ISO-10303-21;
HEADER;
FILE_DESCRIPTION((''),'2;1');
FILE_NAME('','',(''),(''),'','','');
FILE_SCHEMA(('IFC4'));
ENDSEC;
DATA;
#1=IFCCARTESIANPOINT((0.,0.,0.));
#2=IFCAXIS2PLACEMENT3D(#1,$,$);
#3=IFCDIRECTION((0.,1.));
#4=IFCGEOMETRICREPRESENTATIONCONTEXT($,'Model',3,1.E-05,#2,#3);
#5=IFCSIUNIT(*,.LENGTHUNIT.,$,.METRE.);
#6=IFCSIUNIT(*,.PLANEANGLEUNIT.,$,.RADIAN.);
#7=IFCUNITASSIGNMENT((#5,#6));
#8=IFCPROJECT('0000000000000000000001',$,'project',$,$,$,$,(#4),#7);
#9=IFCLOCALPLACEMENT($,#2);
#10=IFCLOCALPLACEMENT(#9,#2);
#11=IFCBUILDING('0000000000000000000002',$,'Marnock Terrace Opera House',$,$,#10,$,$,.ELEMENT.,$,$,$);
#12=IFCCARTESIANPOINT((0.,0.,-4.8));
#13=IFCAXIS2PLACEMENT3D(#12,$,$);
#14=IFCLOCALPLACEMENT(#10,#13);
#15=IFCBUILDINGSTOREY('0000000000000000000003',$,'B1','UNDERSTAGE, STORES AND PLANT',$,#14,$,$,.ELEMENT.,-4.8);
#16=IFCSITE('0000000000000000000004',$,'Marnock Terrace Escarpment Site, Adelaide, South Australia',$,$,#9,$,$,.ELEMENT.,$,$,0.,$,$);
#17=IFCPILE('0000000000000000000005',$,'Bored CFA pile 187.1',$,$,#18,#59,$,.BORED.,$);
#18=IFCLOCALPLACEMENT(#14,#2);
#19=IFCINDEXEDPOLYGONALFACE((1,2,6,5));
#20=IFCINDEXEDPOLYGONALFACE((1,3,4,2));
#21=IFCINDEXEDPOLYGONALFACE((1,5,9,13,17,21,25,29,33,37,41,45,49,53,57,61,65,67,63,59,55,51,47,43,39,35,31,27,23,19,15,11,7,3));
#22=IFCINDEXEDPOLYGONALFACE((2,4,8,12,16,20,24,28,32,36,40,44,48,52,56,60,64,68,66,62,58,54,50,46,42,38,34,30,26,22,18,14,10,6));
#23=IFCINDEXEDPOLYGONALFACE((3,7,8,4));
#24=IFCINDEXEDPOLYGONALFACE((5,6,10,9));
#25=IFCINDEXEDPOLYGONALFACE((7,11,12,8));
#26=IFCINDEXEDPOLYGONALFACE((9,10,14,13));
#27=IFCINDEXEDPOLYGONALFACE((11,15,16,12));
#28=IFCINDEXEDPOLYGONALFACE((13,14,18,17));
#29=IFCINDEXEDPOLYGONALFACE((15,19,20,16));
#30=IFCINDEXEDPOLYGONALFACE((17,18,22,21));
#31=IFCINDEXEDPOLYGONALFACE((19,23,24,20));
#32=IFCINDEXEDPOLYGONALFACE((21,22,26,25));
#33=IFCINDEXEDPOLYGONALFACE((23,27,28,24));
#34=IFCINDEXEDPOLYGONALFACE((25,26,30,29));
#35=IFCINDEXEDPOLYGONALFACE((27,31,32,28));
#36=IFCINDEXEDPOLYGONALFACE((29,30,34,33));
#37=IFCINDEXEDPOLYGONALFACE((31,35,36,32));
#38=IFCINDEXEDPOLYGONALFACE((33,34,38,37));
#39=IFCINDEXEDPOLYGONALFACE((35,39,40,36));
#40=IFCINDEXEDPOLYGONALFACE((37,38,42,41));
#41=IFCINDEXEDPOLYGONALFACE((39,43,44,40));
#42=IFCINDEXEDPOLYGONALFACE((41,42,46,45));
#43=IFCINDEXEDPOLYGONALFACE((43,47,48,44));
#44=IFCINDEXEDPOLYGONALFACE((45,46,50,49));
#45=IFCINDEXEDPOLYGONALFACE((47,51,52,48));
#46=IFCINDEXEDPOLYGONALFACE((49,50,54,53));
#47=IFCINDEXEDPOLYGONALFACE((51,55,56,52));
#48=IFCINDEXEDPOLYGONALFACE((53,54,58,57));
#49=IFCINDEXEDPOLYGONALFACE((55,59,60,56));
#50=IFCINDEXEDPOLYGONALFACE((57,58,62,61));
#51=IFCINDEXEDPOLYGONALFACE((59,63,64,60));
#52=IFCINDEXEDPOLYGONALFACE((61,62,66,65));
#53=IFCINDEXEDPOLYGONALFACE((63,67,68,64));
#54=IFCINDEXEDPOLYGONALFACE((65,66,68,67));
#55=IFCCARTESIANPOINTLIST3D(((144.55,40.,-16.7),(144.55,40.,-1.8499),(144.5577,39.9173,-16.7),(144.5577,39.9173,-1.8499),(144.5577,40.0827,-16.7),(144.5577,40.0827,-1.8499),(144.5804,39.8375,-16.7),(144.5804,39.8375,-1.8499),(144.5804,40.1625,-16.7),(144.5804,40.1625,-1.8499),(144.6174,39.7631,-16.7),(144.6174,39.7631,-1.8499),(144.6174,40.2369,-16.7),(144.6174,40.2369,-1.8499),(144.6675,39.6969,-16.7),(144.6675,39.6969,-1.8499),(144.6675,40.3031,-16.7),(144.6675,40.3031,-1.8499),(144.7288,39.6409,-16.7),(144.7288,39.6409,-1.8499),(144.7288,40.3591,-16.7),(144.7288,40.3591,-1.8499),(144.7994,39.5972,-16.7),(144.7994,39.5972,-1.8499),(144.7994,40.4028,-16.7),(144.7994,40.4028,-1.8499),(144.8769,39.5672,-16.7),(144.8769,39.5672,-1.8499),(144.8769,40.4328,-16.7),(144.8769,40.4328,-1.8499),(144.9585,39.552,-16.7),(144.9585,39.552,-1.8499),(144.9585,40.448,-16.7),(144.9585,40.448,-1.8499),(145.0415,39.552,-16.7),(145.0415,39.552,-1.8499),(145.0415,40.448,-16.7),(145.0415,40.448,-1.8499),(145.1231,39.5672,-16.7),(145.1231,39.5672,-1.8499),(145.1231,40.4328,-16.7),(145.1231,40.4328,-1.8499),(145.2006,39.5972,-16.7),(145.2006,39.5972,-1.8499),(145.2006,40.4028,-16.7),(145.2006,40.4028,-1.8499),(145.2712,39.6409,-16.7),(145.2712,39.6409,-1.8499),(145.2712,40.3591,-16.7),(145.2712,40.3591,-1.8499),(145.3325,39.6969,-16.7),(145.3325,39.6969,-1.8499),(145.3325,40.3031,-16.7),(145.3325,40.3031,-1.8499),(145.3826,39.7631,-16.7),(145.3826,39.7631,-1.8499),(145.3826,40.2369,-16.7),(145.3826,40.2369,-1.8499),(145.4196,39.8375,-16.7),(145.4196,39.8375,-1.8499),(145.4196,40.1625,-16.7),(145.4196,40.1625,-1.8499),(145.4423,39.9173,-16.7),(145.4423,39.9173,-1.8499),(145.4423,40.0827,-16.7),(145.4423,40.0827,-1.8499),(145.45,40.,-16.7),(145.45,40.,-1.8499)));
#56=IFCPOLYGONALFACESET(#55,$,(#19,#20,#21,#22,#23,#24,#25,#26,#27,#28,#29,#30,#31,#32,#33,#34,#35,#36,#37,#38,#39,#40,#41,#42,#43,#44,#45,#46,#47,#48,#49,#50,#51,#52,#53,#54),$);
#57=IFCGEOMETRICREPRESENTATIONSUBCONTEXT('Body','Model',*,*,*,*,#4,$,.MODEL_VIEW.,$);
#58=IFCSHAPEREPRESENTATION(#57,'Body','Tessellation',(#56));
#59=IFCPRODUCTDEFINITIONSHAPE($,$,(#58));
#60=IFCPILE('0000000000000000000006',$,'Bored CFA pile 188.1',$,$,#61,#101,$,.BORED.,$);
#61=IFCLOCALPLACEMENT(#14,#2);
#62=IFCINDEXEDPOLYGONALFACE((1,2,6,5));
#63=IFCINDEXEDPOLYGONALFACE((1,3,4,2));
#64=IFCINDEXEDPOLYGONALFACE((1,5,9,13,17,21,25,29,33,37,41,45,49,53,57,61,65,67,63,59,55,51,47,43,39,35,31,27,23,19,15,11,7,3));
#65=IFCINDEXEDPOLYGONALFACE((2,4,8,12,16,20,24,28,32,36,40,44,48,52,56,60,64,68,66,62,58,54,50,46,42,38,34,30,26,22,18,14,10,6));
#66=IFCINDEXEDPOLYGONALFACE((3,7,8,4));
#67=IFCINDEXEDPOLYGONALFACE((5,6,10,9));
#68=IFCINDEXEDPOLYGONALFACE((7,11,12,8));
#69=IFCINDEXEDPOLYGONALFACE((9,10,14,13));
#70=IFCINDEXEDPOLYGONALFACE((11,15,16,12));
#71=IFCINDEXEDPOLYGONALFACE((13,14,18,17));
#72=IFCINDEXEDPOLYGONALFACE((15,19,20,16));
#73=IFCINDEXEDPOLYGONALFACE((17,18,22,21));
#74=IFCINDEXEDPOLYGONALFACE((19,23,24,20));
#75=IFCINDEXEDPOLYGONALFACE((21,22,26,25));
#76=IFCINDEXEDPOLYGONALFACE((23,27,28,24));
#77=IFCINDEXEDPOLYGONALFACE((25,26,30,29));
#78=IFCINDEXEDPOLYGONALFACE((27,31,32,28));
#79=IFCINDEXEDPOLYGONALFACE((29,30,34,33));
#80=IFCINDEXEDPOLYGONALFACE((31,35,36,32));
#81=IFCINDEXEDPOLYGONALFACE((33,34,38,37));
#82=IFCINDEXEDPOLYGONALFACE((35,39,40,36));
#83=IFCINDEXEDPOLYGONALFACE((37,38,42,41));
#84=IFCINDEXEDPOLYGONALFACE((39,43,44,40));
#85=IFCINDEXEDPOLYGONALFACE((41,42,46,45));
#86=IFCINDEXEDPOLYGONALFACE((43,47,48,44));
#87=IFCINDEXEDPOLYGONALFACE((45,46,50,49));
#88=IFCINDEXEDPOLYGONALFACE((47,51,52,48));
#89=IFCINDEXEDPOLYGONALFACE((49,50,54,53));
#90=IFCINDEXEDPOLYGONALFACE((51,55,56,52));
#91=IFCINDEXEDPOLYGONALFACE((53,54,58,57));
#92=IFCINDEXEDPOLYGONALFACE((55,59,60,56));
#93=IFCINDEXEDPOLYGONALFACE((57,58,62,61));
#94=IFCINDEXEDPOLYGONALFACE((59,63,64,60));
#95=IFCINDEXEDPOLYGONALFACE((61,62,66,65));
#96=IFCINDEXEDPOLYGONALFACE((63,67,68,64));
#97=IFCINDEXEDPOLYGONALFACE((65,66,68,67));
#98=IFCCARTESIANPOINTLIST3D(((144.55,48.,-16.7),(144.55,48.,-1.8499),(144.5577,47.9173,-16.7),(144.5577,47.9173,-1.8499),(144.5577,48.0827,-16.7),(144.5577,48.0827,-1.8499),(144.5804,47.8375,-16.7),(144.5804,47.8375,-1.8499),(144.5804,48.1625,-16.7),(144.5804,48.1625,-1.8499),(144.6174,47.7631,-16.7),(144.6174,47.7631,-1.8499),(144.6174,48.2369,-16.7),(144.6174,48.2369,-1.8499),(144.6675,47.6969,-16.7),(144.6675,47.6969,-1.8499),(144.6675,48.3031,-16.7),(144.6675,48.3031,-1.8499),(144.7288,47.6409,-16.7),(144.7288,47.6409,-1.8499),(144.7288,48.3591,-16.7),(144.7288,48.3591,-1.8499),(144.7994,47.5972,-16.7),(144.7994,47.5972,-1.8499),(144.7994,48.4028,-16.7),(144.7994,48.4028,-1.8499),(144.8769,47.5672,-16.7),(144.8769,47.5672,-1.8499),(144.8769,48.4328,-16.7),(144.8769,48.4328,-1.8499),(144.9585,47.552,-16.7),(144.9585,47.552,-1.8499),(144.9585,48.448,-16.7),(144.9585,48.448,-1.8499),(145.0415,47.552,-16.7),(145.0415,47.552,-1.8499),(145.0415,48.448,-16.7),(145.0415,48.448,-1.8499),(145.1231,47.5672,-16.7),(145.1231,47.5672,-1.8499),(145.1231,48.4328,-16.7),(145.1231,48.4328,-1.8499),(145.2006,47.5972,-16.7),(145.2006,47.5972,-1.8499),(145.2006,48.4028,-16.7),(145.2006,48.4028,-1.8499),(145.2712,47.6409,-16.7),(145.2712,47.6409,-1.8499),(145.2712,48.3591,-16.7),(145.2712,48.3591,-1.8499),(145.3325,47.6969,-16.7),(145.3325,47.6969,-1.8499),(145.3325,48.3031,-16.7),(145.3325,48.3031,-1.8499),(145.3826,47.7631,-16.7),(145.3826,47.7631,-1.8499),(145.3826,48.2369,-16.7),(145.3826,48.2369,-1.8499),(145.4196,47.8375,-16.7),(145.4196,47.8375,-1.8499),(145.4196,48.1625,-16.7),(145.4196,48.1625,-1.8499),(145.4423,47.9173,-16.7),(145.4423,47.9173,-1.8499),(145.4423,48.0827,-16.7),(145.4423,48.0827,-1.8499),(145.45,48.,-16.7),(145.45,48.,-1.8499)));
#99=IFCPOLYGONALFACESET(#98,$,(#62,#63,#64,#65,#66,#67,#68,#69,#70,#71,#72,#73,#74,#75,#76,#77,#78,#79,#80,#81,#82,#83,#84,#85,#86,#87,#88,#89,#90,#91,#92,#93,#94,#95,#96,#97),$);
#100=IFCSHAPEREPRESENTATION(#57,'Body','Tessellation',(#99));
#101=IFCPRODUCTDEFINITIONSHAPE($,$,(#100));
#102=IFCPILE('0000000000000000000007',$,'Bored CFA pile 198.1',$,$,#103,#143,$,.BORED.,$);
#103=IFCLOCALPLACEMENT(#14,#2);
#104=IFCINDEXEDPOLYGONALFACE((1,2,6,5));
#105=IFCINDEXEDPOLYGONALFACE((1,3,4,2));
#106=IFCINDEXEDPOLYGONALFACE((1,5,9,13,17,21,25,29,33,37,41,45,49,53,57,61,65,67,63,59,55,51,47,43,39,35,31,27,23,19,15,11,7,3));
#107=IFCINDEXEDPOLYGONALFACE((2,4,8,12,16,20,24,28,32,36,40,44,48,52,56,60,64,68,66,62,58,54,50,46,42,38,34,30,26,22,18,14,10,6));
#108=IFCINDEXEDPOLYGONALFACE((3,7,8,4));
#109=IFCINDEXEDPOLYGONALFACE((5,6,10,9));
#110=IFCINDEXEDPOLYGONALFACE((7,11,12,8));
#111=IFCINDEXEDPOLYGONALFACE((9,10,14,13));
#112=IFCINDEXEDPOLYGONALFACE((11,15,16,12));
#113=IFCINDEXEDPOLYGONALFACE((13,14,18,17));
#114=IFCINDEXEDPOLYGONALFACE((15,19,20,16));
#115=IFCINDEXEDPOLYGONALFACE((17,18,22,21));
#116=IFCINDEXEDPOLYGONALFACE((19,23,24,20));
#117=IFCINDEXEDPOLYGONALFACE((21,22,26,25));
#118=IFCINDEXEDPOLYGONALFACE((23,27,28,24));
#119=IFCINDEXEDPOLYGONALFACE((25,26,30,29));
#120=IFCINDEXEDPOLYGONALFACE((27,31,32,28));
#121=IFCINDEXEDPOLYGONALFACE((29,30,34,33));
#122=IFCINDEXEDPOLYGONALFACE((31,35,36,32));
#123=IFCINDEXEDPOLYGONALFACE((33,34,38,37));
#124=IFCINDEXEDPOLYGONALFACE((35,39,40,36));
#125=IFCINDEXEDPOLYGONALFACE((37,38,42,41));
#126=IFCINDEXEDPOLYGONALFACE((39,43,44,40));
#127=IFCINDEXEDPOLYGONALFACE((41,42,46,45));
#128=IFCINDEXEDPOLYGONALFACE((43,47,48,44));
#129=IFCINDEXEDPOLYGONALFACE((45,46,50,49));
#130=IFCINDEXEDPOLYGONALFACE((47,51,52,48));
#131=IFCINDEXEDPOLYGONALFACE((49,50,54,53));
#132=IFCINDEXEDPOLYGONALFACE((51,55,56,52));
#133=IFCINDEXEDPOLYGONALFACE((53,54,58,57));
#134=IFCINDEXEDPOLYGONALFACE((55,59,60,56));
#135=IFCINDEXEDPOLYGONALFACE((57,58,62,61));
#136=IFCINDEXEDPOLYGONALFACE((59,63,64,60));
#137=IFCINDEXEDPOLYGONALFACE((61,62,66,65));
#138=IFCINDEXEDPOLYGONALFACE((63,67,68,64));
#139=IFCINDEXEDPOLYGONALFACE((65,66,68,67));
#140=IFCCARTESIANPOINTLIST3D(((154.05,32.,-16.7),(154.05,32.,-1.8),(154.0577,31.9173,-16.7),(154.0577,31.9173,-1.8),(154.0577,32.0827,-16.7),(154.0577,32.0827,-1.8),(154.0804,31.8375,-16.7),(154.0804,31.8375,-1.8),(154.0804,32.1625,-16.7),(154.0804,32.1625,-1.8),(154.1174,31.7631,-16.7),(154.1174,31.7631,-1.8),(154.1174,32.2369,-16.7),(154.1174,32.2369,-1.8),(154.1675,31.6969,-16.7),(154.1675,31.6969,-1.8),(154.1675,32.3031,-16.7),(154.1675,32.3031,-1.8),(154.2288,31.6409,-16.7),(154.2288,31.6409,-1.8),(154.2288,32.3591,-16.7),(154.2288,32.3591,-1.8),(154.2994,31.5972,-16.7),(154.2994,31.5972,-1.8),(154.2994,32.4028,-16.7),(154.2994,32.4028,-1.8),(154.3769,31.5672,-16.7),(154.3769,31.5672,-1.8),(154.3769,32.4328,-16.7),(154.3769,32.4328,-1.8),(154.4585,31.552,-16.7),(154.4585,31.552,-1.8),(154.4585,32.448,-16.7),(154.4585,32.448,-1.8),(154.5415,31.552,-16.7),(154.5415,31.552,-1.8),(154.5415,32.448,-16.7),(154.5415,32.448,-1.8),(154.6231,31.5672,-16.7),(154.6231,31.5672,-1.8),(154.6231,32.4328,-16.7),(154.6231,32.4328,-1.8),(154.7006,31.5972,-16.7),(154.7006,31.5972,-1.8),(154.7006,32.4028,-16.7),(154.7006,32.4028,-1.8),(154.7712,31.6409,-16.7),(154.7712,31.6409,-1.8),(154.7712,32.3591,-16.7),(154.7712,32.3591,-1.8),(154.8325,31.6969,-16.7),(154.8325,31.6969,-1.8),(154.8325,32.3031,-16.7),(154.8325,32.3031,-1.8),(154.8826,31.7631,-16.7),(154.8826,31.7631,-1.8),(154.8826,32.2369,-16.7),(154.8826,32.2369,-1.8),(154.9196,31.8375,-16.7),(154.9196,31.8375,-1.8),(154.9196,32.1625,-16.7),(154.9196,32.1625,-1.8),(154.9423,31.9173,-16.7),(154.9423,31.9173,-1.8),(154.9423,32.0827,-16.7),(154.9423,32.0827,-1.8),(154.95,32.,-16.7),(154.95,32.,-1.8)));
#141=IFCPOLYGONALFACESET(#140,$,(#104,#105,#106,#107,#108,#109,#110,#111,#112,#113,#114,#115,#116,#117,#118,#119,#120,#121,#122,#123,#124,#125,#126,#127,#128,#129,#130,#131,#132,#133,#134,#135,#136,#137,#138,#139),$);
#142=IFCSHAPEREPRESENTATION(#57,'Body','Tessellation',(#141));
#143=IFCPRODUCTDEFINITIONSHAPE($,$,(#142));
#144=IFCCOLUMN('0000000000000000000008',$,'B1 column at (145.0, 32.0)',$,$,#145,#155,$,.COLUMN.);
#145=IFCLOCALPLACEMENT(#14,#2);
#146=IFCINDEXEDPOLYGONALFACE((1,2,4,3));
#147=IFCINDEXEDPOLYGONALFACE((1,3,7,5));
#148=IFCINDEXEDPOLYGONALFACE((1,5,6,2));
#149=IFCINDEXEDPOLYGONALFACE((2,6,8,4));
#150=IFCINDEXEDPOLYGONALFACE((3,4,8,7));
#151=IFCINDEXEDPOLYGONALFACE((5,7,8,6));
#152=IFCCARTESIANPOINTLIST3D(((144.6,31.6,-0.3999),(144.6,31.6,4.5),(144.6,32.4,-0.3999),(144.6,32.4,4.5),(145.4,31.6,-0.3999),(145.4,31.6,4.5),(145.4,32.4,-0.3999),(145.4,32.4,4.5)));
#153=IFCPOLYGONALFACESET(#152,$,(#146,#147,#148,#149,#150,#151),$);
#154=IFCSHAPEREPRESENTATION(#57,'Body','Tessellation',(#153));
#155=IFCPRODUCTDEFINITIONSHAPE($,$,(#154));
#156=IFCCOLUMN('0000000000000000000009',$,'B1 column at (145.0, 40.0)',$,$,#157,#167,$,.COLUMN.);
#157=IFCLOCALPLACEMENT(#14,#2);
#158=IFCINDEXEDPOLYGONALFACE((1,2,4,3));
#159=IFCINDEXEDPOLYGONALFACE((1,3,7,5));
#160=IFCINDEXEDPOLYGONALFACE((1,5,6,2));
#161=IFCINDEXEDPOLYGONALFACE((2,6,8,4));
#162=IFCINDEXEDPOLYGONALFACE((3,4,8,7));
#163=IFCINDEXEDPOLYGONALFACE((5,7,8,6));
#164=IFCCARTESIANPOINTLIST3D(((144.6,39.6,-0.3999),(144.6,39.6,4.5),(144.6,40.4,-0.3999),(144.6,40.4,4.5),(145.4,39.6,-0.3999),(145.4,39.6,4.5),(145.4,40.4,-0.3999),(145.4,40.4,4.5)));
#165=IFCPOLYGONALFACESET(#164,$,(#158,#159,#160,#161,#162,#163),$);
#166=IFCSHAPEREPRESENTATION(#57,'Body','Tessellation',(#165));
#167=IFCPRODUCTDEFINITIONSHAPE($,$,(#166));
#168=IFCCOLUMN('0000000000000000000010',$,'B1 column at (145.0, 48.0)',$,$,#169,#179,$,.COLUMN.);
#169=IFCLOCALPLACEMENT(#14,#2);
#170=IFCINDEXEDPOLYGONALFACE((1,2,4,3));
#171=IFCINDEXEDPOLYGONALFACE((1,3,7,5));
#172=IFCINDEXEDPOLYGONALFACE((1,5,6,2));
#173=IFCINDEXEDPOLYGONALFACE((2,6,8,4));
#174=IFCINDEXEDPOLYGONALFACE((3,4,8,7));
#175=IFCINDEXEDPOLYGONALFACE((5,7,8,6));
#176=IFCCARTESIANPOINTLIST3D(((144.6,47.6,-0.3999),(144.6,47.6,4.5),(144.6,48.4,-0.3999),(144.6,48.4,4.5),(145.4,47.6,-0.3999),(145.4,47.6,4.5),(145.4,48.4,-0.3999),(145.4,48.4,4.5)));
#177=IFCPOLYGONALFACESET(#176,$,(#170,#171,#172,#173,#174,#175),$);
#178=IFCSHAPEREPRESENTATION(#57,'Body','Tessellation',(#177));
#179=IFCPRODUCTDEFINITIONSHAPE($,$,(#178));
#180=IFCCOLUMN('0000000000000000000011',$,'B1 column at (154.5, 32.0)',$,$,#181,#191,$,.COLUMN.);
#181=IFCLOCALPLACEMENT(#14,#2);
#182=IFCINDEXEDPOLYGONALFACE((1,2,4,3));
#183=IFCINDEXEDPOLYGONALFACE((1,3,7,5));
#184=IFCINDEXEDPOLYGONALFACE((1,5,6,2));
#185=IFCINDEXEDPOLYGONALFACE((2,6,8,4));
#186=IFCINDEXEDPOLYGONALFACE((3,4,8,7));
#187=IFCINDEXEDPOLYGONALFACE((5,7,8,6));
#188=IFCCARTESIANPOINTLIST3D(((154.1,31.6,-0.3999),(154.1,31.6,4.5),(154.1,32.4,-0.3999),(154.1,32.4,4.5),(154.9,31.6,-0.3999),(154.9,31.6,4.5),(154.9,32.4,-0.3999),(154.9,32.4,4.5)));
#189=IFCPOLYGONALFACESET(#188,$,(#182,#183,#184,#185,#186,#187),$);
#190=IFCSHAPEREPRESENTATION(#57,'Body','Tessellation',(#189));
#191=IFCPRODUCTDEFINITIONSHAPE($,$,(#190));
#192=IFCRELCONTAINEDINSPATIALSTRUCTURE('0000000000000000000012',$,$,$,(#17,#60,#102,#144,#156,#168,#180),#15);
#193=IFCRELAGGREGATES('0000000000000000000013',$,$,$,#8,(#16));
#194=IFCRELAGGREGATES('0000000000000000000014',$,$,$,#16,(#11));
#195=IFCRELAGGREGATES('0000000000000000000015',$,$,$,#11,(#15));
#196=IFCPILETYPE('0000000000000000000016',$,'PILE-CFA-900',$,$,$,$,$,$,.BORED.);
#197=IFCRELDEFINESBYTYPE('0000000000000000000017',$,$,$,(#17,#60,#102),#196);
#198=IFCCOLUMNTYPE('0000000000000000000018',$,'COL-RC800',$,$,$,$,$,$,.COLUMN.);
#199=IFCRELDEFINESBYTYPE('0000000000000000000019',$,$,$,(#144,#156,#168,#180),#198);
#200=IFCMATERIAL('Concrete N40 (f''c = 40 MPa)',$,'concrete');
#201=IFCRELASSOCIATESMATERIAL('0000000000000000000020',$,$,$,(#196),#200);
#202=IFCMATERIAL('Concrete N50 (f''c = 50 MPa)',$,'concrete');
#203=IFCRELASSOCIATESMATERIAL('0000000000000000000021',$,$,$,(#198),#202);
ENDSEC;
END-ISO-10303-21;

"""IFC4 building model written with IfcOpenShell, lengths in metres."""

from ifc_helpers import new_model, si_unit, direction, frame, origin, origin_2d, place, context, subcontext, project, spatial, rectangle, circle, extrude, material, material_profile, profile_set, type_object, element, save


model = new_model("IFC4")

# Units and contexts
model_context = context("Model", 3, precision=1e-05, world=origin(), true_north=direction((0.0, 1.0)))
body_context = subcontext(model_context, "Body", "Model", "MODEL_VIEW")
ifc_project = project(units=[si_unit("LENGTHUNIT", "METRE"), si_unit("PLANEANGLEUNIT", "RADIAN")], contexts=[model_context])

# Site, building, storey
site_placement = place(None, origin())
site = spatial("IfcSite", under=ifc_project, at=site_placement, Name="Marnock Terrace Escarpment Site, Adelaide, South Australia", CompositionType="ELEMENT", RefElevation=0.0)
building_placement = place(site_placement, origin())
building = spatial("IfcBuilding", under=site, at=building_placement, Name="Marnock Terrace Opera House", CompositionType="ELEMENT")
storey_placement = place(building_placement, frame((0.0, 0.0, -4.8)))
storey = spatial("IfcBuildingStorey", under=building, at=storey_placement, Name="B1", Description="UNDERSTAGE, STORES AND PLANT", CompositionType="ELEMENT", Elevation=-4.8)

# Shared definitions
ifc_material_1 = material(Name="Concrete N40 (f'c = 40 MPa)", Category="concrete")

# Piles
ifc_material_profile_1 = material_profile(ifc_material_1, circle(Radius=0.45, at=origin_2d()))
ifc_profile_set_1 = profile_set([ifc_material_profile_1], Name="Concrete N40 (f'c = 40 MPa)")
pile_type = type_object("IfcPileType", Name="PILE-CFA-900", PredefinedType="BORED", material=ifc_profile_set_1)
for number, where, z_axis, x_axis, name in (
    (1, (145.0, 40.0, -1.8499), (0.0, 0.0, -1.0), (1.0, 0.0, 0.0), "Bored CFA pile 187.1"),
    (2, (145.0, 48.0, -1.8499), (0.0, 0.0, -1.0), (1.0, 0.0, 0.0), "Bored CFA pile 188.1"),
):
    element("IfcPile", number, at=place(storey_placement, frame(where, z_axis=z_axis, x_axis=x_axis)), inside=storey, type_object=pile_type, Name=name, PredefinedType="BORED", context=body_context, shape_type="SweptSolid", body=[
        extrude(circle(Radius=0.45, at=origin_2d()), origin(), (0.0, 0.0, 1.0), 14.8501),
    ])
pile_placement = place(storey_placement, frame((154.5, 32.0, -1.8), z_axis=(0.0, 0.0, -1.0), x_axis=(1.0, 0.0, 0.0)))
element("IfcPile", 3, at=pile_placement, inside=storey, type_object=pile_type, Name="Bored CFA pile 198.1", PredefinedType="BORED", context=body_context, shape_type="SweptSolid", body=[
    extrude(circle(Radius=0.45, at=origin_2d()), origin(), (0.0, 0.0, 1.0), 14.8999),
])

# Columns
ifc_material_2 = material(Name="Concrete N50 (f'c = 50 MPa)", Category="concrete")
ifc_material_profile_2 = material_profile(ifc_material_2, rectangle(XDim=0.8, YDim=0.8, at=origin_2d()))
ifc_profile_set_2 = profile_set([ifc_material_profile_2], Name="Concrete N50 (f'c = 50 MPa)")
column_type = type_object("IfcColumnType", Name="COL-RC800", PredefinedType="COLUMN", material=ifc_profile_set_2)
for number, where, z_axis, x_axis, name in (
    (4, (145.0, 32.0, -0.3999), (0.0, 0.0, 1.0), (1.0, 0.0, 0.0), "B1 column at (145.0, 32.0)"),
    (5, (145.0, 40.0, -0.3999), (0.0, 0.0, 1.0), (1.0, 0.0, 0.0), "B1 column at (145.0, 40.0)"),
    (6, (145.0, 48.0, -0.3999), (0.0, 0.0, 1.0), (1.0, 0.0, 0.0), "B1 column at (145.0, 48.0)"),
    (7, (154.5, 32.0, -0.3999), (0.0, 0.0, 1.0), (1.0, 0.0, 0.0), "B1 column at (154.5, 32.0)"),
):
    element("IfcColumn", number, at=place(storey_placement, frame(where, z_axis=z_axis, x_axis=x_axis)), inside=storey, type_object=column_type, Name=name, PredefinedType="COLUMN", context=body_context, shape_type="SweptSolid", body=[
        extrude(rectangle(XDim=0.8, YDim=0.8, at=origin_2d()), origin(), (0.0, 0.0, 1.0), 4.8999),
    ])

save(model, "model.ifc")
